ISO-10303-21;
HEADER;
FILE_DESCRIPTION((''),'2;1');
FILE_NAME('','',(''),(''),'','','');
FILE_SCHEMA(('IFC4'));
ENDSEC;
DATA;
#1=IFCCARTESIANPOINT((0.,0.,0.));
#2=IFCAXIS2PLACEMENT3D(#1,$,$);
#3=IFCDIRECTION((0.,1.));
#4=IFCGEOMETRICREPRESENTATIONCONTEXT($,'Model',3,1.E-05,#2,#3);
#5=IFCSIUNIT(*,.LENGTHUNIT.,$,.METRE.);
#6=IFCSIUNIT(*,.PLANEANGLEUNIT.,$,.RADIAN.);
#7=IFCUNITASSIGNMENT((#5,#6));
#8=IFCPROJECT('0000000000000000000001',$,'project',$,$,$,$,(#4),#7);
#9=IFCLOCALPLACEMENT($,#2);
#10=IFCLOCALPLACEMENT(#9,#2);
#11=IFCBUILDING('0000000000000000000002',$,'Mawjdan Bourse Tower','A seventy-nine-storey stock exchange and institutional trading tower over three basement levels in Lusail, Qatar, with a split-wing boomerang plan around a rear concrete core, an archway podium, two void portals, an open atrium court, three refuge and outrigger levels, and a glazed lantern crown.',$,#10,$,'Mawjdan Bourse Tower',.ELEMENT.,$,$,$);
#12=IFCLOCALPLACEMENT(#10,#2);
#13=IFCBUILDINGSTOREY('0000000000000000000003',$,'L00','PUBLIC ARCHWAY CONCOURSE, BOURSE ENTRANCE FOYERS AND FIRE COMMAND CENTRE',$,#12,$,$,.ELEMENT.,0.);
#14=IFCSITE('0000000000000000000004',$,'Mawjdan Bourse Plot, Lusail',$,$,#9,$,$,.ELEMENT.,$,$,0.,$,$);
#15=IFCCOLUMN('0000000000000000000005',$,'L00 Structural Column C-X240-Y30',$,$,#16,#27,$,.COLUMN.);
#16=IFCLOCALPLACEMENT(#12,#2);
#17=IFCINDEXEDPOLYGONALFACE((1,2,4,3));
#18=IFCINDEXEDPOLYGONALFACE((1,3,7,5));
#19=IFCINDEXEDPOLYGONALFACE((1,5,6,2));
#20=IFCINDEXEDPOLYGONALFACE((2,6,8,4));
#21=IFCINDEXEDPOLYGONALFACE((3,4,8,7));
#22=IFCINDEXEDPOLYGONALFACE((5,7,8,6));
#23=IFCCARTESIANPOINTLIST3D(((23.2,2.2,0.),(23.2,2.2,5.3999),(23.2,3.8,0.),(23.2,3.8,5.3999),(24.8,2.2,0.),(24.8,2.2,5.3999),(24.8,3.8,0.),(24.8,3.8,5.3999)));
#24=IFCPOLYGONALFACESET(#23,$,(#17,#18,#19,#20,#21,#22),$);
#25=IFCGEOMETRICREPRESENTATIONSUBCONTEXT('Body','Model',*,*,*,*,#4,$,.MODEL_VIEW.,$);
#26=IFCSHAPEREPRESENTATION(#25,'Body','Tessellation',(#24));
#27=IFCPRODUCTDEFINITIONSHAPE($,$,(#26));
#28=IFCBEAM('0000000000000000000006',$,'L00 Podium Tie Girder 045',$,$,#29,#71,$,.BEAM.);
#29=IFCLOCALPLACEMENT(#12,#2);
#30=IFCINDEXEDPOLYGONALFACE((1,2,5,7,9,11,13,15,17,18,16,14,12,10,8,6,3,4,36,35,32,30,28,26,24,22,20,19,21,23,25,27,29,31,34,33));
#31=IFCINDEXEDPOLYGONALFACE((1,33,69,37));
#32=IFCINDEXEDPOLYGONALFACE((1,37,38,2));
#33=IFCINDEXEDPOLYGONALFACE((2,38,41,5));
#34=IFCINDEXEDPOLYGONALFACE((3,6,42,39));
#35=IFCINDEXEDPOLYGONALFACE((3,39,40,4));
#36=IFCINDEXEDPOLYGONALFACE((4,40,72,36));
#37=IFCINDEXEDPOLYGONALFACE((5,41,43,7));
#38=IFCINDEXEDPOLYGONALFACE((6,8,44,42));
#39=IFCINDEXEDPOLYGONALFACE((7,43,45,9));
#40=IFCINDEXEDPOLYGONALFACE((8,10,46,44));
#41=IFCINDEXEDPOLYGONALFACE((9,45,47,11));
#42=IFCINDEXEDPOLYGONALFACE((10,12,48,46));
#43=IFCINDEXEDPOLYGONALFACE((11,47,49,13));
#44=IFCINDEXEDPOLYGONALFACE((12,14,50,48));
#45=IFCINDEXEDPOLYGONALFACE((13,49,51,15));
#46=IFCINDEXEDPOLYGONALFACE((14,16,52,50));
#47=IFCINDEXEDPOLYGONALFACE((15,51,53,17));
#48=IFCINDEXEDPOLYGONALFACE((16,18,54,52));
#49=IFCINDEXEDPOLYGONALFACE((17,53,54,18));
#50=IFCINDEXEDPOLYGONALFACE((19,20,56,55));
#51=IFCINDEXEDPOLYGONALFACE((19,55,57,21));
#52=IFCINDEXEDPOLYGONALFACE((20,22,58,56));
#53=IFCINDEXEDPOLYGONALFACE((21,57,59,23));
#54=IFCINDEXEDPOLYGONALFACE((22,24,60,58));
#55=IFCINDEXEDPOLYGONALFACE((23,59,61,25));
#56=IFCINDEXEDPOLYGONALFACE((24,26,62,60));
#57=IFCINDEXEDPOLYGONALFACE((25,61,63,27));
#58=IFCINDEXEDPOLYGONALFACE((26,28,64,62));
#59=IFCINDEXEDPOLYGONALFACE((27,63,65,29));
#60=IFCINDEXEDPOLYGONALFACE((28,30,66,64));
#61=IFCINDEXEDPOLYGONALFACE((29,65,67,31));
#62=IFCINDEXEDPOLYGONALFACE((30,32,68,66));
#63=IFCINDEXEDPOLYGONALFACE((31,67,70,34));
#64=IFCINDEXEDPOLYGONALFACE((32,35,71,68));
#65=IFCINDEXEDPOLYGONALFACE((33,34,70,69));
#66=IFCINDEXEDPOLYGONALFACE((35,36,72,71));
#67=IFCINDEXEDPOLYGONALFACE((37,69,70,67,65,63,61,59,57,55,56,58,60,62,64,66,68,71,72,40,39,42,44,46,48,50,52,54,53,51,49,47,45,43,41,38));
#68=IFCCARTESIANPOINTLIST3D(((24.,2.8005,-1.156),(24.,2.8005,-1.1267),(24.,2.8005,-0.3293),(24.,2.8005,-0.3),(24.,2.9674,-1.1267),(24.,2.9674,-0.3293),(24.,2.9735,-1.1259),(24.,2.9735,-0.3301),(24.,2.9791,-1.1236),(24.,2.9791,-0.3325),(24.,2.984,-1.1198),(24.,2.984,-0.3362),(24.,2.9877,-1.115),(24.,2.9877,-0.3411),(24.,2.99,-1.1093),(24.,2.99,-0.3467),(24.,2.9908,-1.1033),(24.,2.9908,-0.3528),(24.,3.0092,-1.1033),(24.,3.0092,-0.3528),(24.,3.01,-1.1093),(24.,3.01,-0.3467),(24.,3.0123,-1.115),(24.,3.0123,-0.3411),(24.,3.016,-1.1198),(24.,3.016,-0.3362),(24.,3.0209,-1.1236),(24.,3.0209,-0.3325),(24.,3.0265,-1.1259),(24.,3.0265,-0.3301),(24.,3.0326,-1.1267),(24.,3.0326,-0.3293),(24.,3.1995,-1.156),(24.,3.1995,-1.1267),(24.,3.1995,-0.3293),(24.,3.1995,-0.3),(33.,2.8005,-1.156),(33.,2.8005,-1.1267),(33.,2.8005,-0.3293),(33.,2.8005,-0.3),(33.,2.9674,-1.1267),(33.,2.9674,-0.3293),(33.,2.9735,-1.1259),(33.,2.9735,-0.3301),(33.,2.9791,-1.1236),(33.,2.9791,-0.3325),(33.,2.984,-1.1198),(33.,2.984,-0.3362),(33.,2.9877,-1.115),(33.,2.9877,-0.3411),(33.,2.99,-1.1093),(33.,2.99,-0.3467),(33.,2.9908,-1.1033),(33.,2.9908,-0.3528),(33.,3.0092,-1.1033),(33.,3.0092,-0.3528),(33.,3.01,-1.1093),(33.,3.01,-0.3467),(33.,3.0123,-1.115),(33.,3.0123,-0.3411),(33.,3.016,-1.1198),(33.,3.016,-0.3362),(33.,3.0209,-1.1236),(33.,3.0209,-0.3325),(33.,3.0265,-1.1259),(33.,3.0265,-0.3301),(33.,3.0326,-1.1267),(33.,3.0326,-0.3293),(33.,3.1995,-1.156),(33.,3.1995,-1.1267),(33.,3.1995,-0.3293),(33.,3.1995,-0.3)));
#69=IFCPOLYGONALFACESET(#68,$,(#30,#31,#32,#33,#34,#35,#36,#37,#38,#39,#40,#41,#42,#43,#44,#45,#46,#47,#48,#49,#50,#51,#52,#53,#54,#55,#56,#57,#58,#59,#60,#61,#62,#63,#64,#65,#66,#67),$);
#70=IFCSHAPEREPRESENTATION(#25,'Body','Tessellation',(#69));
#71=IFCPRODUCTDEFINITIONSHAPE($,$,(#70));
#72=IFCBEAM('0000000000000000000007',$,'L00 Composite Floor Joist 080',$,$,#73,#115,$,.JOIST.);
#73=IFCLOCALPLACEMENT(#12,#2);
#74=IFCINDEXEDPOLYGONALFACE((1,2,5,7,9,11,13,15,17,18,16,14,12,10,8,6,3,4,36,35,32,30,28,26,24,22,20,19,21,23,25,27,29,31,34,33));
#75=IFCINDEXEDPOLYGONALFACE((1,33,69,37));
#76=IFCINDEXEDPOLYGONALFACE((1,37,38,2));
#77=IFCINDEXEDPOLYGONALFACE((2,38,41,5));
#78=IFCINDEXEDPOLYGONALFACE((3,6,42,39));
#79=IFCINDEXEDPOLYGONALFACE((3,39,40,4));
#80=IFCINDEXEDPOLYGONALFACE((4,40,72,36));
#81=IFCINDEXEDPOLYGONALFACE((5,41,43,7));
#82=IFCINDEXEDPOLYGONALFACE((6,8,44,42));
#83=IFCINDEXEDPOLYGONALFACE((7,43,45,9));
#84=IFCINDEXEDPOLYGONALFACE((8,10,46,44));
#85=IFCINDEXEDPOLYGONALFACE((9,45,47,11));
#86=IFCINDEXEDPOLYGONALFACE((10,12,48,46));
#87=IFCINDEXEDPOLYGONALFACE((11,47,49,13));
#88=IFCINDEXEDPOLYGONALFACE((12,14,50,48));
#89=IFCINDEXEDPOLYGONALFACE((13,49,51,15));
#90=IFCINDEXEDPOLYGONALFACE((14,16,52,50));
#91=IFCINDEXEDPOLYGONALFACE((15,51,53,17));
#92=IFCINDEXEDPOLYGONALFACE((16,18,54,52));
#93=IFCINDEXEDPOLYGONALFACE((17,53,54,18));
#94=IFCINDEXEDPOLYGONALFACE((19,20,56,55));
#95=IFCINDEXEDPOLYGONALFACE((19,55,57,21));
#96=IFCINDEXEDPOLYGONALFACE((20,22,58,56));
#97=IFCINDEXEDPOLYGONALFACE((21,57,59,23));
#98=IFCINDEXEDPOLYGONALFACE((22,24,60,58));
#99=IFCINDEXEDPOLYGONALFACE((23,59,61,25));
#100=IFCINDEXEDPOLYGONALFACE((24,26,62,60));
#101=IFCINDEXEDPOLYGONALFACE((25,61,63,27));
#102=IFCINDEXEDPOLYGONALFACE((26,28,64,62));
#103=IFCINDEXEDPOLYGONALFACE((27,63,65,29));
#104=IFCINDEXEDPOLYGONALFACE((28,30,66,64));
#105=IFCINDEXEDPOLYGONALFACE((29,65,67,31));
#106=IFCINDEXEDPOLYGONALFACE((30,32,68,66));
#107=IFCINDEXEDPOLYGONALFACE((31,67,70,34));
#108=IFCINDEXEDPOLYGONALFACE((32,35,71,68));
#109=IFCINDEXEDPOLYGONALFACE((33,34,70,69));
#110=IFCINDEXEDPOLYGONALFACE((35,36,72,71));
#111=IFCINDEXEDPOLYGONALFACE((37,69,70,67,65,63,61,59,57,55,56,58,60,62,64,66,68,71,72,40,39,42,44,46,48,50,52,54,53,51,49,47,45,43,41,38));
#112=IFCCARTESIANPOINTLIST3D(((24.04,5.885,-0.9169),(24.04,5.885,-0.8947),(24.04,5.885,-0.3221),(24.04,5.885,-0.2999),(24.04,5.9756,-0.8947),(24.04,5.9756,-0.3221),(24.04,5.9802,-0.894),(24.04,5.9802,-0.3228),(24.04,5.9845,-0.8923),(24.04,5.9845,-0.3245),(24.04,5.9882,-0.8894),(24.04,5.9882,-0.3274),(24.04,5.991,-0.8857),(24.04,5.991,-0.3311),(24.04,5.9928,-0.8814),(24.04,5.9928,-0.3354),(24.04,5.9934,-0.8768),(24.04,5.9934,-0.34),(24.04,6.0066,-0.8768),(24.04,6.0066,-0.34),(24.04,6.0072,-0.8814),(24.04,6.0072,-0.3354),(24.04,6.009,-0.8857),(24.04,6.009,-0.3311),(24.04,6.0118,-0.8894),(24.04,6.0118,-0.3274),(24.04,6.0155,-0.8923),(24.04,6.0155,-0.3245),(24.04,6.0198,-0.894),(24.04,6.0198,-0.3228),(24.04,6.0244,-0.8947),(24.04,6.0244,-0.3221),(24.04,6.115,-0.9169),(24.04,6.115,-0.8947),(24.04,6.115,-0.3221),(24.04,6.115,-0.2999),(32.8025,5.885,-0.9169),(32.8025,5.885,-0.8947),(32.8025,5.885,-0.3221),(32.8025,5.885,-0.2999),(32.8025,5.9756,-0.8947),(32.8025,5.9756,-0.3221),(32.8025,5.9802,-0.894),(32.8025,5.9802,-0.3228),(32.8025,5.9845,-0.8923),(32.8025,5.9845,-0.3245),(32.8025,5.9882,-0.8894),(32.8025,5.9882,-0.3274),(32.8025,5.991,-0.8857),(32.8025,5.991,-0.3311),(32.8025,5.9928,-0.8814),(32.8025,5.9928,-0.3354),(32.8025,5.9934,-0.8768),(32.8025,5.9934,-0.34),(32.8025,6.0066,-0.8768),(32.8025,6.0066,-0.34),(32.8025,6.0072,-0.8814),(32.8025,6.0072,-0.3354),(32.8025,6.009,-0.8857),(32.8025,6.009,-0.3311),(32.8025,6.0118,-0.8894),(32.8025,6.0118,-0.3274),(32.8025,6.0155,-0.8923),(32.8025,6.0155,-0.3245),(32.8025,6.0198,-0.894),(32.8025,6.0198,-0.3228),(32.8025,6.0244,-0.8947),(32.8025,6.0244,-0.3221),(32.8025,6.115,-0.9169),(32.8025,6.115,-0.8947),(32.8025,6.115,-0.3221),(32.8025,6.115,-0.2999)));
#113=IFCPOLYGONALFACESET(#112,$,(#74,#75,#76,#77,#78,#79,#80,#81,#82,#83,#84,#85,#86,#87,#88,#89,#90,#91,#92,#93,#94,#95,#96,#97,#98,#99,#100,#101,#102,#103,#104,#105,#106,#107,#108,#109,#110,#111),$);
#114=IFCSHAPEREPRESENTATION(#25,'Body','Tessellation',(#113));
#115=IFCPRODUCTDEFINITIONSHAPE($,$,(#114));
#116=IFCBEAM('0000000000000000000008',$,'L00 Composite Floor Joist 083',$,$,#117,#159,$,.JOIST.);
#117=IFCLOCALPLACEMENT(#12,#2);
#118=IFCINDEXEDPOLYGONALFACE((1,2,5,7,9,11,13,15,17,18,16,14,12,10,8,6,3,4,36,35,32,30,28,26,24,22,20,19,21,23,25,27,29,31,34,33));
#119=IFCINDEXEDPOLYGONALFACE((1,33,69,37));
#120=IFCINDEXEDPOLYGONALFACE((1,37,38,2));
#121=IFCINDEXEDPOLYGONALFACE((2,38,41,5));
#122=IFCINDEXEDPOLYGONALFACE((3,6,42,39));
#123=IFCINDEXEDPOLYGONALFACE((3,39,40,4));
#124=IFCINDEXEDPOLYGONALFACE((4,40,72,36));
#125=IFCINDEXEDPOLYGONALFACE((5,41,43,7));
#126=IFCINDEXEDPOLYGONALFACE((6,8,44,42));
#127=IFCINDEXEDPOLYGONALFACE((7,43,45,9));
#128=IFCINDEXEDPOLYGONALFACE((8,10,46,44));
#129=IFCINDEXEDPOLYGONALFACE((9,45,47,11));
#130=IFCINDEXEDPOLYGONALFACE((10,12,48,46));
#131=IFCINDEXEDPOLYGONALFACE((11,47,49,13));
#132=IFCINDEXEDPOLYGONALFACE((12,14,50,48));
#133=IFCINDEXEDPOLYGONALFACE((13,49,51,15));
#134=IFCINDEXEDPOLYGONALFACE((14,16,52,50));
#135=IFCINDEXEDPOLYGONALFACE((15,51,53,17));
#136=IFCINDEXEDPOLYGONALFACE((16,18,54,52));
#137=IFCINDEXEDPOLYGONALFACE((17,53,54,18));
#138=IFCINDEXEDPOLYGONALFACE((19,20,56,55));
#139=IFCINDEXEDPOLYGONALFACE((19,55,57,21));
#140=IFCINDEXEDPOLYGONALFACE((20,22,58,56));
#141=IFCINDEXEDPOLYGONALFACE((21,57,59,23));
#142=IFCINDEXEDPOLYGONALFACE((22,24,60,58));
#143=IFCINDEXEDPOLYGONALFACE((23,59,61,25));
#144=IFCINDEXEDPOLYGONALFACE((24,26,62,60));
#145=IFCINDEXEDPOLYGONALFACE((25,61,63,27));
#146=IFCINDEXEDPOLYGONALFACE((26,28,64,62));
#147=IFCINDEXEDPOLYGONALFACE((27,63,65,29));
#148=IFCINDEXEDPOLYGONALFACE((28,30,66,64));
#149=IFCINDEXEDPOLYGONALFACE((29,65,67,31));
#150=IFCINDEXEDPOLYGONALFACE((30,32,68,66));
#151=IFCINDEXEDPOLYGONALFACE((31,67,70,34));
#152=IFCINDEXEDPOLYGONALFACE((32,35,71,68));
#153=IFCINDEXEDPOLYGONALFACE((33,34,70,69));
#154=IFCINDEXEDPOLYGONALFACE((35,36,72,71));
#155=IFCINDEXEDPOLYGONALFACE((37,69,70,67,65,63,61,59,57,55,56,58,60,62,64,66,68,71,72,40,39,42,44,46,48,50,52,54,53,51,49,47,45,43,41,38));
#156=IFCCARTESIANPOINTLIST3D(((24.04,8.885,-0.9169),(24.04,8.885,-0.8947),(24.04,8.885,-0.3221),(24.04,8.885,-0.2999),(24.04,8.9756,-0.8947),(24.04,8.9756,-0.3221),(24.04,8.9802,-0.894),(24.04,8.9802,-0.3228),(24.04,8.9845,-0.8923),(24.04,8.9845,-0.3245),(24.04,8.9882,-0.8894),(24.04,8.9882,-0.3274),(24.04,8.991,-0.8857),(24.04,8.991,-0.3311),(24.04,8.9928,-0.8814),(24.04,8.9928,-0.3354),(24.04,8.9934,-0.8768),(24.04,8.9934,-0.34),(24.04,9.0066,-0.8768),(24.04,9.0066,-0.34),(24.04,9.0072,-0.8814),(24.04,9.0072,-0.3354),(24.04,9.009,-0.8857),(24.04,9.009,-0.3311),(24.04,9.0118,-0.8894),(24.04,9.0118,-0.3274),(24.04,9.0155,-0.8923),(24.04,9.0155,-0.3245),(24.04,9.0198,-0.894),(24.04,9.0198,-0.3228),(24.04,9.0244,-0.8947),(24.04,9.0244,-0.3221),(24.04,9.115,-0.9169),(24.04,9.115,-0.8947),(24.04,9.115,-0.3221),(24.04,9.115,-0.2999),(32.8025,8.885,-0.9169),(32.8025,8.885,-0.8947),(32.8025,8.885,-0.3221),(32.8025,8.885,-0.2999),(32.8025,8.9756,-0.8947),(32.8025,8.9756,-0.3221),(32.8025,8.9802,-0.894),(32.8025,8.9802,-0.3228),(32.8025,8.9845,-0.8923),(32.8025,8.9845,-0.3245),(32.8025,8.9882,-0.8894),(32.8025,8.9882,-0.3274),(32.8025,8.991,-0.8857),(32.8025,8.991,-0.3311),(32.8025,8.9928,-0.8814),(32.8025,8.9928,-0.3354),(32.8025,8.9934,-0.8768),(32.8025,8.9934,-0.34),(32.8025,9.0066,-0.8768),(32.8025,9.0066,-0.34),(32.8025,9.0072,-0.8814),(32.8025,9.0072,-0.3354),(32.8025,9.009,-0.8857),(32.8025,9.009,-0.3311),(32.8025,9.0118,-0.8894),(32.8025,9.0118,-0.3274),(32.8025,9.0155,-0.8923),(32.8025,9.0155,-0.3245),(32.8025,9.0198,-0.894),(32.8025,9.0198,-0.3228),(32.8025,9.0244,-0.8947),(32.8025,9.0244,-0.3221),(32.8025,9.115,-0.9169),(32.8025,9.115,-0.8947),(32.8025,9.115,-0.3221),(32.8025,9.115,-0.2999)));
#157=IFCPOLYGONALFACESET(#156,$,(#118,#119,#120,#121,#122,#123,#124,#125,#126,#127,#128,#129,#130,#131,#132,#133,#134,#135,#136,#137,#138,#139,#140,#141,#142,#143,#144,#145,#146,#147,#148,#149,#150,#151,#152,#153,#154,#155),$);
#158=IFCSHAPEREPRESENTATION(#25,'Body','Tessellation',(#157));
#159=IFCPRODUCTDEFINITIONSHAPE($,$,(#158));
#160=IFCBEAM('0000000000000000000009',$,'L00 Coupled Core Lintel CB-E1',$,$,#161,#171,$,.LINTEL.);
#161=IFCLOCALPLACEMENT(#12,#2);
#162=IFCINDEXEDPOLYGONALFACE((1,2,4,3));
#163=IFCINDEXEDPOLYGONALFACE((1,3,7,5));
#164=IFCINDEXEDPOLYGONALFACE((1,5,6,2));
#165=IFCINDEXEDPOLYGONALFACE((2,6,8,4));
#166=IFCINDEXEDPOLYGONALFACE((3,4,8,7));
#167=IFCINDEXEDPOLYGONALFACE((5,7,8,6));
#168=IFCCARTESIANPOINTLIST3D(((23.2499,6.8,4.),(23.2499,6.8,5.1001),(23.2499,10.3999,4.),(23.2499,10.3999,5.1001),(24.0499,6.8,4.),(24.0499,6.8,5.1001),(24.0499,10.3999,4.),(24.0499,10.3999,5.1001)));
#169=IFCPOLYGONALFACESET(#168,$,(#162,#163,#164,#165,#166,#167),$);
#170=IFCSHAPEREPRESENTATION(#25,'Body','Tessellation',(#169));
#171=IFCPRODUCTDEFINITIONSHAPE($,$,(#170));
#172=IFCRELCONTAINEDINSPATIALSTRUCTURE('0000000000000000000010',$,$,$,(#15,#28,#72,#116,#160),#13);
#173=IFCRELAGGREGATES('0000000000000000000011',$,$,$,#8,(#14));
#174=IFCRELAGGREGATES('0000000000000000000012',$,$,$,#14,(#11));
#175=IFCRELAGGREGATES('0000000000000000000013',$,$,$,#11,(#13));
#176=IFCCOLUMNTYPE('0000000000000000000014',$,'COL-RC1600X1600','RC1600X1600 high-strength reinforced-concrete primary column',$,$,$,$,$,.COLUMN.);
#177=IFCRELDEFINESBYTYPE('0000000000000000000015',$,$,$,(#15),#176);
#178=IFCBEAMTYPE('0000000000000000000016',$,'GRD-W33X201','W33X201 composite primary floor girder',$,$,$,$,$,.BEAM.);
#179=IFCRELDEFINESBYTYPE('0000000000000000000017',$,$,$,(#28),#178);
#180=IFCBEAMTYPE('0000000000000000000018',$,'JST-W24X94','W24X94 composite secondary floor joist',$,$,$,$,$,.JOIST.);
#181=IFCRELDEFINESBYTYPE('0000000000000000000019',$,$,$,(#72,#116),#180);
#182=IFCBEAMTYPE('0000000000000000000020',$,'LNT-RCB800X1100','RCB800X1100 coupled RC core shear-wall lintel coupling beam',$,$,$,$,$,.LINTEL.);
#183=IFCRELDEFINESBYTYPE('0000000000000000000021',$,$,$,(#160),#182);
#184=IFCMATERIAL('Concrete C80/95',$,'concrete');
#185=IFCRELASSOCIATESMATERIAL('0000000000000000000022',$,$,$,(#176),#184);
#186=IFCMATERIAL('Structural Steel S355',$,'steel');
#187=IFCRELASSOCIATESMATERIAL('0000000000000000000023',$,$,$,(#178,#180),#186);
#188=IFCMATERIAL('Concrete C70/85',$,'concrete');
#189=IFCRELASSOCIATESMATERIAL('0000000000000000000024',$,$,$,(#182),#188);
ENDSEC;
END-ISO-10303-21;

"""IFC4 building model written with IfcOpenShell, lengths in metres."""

from ifc_helpers import new_model, si_unit, direction, frame, origin, origin_2d, place, context, subcontext, project, spatial, rectangle, i_section, extrude, material, material_profile, profile_set, type_object, element, save


model = new_model("IFC4")

# Units and contexts
model_context = context("Model", 3, precision=1e-05, world=origin(), true_north=direction((0.0, 1.0)))
body_context = subcontext(model_context, "Body", "Model", "MODEL_VIEW")
ifc_project = project(units=[si_unit("LENGTHUNIT", "METRE"), si_unit("PLANEANGLEUNIT", "RADIAN")], contexts=[model_context])

# Site, building, storey
site_placement = place(None, origin())
site = spatial("IfcSite", under=ifc_project, at=site_placement, Name="Mawjdan Bourse Plot, Lusail", CompositionType="ELEMENT", RefElevation=0.0)
building_placement = place(site_placement, origin())
building = spatial("IfcBuilding", under=site, at=building_placement, Name="Mawjdan Bourse Tower", Description="A seventy-nine-storey stock exchange and institutional trading tower over three basement levels in Lusail, Qatar, with a split-wing boomerang plan around a rear concrete core, an archway podium, two void portals, an open atrium court, three refuge and outrigger levels, and a glazed lantern crown.", LongName="Mawjdan Bourse Tower", CompositionType="ELEMENT")
storey_placement = place(building_placement, origin())
storey = spatial("IfcBuildingStorey", under=building, at=storey_placement, Name="L00", Description="PUBLIC ARCHWAY CONCOURSE, BOURSE ENTRANCE FOYERS AND FIRE COMMAND CENTRE", CompositionType="ELEMENT", Elevation=0.0)

# Column
ifc_material_1 = material(Name="Concrete C80/95", Category="concrete")
ifc_material_profile_1 = material_profile(ifc_material_1, rectangle(XDim=1.6001, YDim=1.6001, at=origin_2d()), Name="RC1600X1600")
ifc_profile_set_1 = profile_set([ifc_material_profile_1], Name="Concrete C80/95")
column_type = type_object("IfcColumnType", Name="COL-RC1600X1600", Description="RC1600X1600 high-strength reinforced-concrete primary column", PredefinedType="COLUMN", material=ifc_profile_set_1)
column_placement = place(storey_placement, frame((24.0, 3.0, 0.0), z_axis=(0.0, 0.0, 1.0), x_axis=(1.0, 0.0, 0.0)))
element("IfcColumn", 1, at=column_placement, inside=storey, type_object=column_type, Name="L00 Structural Column C-X240-Y30", PredefinedType="COLUMN", context=body_context, shape_type="SweptSolid", body=[
    extrude(rectangle(XDim=1.6001, YDim=1.6001, at=origin_2d()), origin(), (0.0, 0.0, 1.0), 5.3999),
])

# Beams
ifc_material_2 = material(Name="Structural Steel S355", Category="steel")
ifc_material_profile_2 = material_profile(ifc_material_2, i_section(OverallWidth=0.3989, OverallDepth=0.856, WebThickness=0.0183, FlangeThickness=0.0293, FilletRadius=0.0234, at=origin_2d()), Name="W33X201")
ifc_profile_set_2 = profile_set([ifc_material_profile_2], Name="Structural Steel S355")
beam_type_1 = type_object("IfcBeamType", Name="GRD-W33X201", Description="W33X201 composite primary floor girder", PredefinedType="BEAM", material=ifc_profile_set_2)
beam_1_placement = place(storey_placement, frame((24.0, 3.0, -0.728), z_axis=(1.0, 0.0, 0.0), x_axis=(0.0, 1.0, 0.0)))
element("IfcBeam", 2, at=beam_1_placement, inside=storey, type_object=beam_type_1, Name="L00 Podium Tie Girder 045", PredefinedType="BEAM", context=body_context, shape_type="SweptSolid", body=[
    extrude(i_section(OverallWidth=0.3989, OverallDepth=0.856, WebThickness=0.0183, FlangeThickness=0.0293, FilletRadius=0.0234, at=origin_2d()), origin(), (0.0, 0.0, 1.0), 9.0),
])
ifc_material_profile_3 = material_profile(ifc_material_2, i_section(OverallWidth=0.23, OverallDepth=0.6169, WebThickness=0.0132, FlangeThickness=0.0222, FilletRadius=0.0178, at=origin_2d()), Name="W24X94")
ifc_profile_set_3 = profile_set([ifc_material_profile_3], Name="Structural Steel S355")
beam_type_2 = type_object("IfcBeamType", Name="JST-W24X94", Description="W24X94 composite secondary floor joist", PredefinedType="JOIST", material=ifc_profile_set_3)
for number, where, z_axis, x_axis, name in (
    (3, (24.04, 6.0, -0.6084), (1.0, 0.0, 0.0), (0.0, 1.0, 0.0), "L00 Composite Floor Joist 080"),
    (4, (24.04, 9.0, -0.6084), (1.0, 0.0, 0.0), (0.0, 1.0, 0.0), "L00 Composite Floor Joist 083"),
):
    element("IfcBeam", number, at=place(storey_placement, frame(where, z_axis=z_axis, x_axis=x_axis)), inside=storey, type_object=beam_type_2, Name=name, PredefinedType="JOIST", context=body_context, shape_type="SweptSolid", body=[
        extrude(i_section(OverallWidth=0.23, OverallDepth=0.6169, WebThickness=0.0132, FlangeThickness=0.0222, FilletRadius=0.0178, at=origin_2d()), origin(), (0.0, 0.0, 1.0), 8.7625),
    ])
ifc_material_3 = material(Name="Concrete C70/85", Category="concrete")
ifc_material_profile_4 = material_profile(ifc_material_3, rectangle(XDim=0.8, YDim=1.1001, at=origin_2d()), Name="RCB800X1100")
ifc_profile_set_4 = profile_set([ifc_material_profile_4], Name="Concrete C70/85")
beam_type_3 = type_object("IfcBeamType", Name="LNT-RCB800X1100", Description="RCB800X1100 coupled RC core shear-wall lintel coupling beam", PredefinedType="LINTEL", material=ifc_profile_set_4)
beam_2_placement = place(storey_placement, frame((23.6499, 6.8, 4.55), z_axis=(0.0, 1.0, 0.0), x_axis=(-1.0, 0.0, 0.0)))
element("IfcBeam", 5, at=beam_2_placement, inside=storey, type_object=beam_type_3, Name="L00 Coupled Core Lintel CB-E1", PredefinedType="LINTEL", context=body_context, shape_type="SweptSolid", body=[
    extrude(rectangle(XDim=0.8, YDim=1.1001, at=origin_2d()), origin(), (0.0, 0.0, 1.0), 3.5999),
])

save(model, "model.ifc")
